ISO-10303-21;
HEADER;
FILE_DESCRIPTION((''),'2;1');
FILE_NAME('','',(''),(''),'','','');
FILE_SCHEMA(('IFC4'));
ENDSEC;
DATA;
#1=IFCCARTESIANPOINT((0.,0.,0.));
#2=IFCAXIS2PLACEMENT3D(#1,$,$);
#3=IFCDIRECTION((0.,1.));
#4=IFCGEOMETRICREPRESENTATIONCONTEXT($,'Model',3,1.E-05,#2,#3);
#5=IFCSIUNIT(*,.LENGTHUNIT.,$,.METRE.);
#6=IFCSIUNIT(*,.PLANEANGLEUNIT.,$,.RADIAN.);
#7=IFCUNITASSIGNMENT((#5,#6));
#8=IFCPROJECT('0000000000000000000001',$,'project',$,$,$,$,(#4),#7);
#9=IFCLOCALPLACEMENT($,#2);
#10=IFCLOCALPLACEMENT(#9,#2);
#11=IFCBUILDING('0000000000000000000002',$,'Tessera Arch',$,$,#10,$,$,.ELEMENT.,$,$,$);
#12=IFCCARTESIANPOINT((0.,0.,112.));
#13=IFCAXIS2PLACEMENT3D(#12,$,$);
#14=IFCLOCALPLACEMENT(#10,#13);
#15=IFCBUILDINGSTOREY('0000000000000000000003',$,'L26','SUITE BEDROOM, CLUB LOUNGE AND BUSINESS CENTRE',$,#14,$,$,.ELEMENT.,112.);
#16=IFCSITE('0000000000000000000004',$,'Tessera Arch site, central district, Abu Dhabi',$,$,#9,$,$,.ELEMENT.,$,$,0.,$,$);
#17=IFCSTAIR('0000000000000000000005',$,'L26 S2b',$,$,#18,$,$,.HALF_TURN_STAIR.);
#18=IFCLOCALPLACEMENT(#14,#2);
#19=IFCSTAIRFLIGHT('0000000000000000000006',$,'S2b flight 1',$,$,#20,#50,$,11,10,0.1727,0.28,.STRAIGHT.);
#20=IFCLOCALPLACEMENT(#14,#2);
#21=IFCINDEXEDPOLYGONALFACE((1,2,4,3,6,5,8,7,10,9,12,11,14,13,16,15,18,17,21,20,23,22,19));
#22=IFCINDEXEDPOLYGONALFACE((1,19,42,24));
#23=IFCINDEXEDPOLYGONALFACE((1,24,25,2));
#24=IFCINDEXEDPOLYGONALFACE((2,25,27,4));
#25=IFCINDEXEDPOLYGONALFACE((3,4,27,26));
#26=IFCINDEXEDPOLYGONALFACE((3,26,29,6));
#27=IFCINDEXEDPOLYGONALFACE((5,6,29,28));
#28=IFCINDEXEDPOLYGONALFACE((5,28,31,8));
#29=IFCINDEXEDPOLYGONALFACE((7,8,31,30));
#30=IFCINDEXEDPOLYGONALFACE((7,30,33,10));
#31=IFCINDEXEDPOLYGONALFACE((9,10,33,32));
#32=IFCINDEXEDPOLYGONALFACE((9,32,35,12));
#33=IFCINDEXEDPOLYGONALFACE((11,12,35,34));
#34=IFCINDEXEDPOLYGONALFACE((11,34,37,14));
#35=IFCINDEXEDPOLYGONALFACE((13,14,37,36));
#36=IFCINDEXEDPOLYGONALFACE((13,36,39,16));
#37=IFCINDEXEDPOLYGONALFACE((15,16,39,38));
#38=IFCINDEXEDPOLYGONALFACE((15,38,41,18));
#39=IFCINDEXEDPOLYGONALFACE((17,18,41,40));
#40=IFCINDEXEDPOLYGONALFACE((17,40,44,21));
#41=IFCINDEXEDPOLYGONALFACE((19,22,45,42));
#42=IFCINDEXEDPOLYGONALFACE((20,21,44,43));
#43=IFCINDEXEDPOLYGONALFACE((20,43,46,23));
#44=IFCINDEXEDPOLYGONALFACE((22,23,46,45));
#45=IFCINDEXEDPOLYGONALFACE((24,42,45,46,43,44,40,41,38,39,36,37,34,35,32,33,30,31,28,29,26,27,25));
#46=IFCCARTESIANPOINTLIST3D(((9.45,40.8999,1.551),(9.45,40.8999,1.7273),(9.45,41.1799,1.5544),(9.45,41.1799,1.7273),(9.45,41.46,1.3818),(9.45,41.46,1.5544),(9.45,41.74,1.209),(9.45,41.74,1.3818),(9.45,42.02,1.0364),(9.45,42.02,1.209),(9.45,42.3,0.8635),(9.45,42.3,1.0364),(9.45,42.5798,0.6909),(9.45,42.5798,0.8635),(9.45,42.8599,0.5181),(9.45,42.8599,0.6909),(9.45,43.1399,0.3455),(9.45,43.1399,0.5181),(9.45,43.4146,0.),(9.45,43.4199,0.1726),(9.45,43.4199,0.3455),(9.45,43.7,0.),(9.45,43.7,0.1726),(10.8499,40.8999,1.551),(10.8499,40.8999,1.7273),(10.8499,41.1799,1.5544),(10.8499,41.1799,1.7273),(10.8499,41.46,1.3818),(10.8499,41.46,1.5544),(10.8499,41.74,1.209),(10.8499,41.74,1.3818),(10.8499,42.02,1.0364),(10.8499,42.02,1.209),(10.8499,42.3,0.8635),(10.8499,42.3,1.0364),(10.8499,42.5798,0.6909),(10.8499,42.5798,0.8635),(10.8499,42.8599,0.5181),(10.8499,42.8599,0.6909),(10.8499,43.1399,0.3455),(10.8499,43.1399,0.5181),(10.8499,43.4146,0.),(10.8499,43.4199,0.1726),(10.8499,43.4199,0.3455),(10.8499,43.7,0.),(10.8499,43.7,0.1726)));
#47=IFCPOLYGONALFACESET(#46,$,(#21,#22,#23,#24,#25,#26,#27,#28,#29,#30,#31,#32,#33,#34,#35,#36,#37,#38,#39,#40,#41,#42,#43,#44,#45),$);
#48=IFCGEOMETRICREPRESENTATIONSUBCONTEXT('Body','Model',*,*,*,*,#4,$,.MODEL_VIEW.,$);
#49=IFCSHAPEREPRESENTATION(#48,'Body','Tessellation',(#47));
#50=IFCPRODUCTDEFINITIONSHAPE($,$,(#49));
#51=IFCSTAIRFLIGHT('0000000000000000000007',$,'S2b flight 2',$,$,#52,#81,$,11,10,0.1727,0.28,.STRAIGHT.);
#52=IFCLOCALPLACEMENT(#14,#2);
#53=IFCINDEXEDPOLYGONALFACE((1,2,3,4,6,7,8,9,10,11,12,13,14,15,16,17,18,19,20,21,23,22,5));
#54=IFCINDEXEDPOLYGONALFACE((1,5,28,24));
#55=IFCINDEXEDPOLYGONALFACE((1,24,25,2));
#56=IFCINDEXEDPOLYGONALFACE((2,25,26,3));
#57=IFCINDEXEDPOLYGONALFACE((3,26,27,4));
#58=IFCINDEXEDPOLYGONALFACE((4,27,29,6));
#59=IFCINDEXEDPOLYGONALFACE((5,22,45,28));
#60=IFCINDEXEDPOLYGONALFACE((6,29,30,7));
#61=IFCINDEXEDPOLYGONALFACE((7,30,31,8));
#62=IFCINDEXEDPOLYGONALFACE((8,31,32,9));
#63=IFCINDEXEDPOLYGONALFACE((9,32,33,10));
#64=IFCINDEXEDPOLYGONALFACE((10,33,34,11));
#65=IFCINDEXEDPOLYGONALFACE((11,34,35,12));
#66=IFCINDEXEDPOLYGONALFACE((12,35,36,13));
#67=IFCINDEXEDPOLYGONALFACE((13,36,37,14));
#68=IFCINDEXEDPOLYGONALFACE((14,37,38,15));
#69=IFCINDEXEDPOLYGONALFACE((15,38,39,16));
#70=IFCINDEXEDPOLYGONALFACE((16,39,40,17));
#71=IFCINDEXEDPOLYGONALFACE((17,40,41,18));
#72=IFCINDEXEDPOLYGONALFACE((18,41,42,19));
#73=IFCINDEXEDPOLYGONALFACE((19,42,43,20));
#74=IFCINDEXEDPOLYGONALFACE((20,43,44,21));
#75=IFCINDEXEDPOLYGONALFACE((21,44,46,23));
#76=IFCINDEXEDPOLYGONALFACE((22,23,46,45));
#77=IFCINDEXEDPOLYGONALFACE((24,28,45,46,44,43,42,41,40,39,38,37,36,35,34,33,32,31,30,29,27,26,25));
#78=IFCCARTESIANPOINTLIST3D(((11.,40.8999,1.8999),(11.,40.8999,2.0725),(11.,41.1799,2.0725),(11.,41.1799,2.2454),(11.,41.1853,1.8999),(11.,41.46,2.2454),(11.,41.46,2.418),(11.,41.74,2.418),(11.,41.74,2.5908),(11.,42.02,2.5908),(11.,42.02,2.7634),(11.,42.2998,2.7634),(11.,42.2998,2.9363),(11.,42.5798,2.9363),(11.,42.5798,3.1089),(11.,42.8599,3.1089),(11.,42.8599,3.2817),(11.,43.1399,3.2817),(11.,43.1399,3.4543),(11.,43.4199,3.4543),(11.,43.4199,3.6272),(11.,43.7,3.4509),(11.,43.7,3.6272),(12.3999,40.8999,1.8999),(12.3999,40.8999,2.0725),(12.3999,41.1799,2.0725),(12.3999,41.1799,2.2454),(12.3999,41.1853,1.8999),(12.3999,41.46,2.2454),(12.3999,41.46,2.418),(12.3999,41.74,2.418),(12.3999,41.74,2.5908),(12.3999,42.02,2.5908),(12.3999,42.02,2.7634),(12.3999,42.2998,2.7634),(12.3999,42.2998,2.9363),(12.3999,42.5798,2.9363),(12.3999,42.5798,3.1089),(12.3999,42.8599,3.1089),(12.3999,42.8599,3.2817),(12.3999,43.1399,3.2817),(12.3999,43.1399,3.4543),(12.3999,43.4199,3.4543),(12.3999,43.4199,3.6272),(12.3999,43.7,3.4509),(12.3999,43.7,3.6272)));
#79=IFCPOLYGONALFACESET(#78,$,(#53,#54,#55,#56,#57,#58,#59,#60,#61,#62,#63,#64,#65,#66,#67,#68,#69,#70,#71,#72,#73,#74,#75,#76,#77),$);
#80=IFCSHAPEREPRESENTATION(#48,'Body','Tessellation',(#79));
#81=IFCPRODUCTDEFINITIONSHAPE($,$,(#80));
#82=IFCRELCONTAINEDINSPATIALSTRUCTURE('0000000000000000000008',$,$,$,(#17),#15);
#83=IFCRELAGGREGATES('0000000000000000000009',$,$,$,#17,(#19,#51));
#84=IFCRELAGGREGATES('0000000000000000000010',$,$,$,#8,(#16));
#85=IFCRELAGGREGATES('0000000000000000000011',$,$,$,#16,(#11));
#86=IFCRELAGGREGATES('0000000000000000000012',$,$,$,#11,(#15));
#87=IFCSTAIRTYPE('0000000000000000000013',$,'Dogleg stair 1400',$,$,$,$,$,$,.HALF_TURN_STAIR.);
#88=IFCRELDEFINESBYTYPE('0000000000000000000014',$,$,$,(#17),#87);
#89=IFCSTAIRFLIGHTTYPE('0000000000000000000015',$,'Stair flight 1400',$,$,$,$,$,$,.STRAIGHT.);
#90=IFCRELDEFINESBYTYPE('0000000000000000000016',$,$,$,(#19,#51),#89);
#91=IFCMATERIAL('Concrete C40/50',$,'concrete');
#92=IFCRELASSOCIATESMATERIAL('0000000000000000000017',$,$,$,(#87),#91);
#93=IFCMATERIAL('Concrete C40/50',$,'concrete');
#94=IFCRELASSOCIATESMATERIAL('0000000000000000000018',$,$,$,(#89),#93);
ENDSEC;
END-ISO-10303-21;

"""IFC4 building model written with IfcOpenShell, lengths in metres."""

from ifc_helpers import new_model, si_unit, direction, frame, origin, place, context, subcontext, project, spatial, polyline, outline, extrude, material, type_object, element, aggregate, save


model = new_model("IFC4")

# Units and contexts
model_context = context("Model", 3, precision=1e-05, world=origin(), true_north=direction((0.0, 1.0)))
body_context = subcontext(model_context, "Body", "Model", "MODEL_VIEW")
ifc_project = project(units=[si_unit("LENGTHUNIT", "METRE"), si_unit("PLANEANGLEUNIT", "RADIAN")], contexts=[model_context])

# Site, building, storey
site_placement = place(None, origin())
site = spatial("IfcSite", under=ifc_project, at=site_placement, Name="Tessera Arch site, central district, Abu Dhabi", CompositionType="ELEMENT", RefElevation=0.0)
building_placement = place(site_placement, origin())
building = spatial("IfcBuilding", under=site, at=building_placement, Name="Tessera Arch", CompositionType="ELEMENT")
storey_placement = place(building_placement, frame((0.0, 0.0, 112.0)))
storey = spatial("IfcBuildingStorey", under=building, at=storey_placement, Name="L26", Description="SUITE BEDROOM, CLUB LOUNGE AND BUSINESS CENTRE", CompositionType="ELEMENT", Elevation=112.0)

# Stair, stair flights
ifc_material_1 = material(Name="Concrete C40/50", Category="concrete")
stair_type = type_object("IfcStairType", Name="Dogleg stair 1400", PredefinedType="HALF_TURN_STAIR", material=ifc_material_1)
stair_placement = place(storey_placement, origin())
stair = element("IfcStair", 1, at=stair_placement, inside=storey, type_object=stair_type, Name="L26 S2b", PredefinedType="HALF_TURN_STAIR")
ifc_material_2 = material(Name="Concrete C40/50", Category="concrete")
stair_flight_type = type_object("IfcStairFlightType", Name="Stair flight 1400", PredefinedType="STRAIGHT", material=ifc_material_2)
stair_flight_1_placement = place(storey_placement, frame((10.1499, 43.7, 0.0), z_axis=(0.0, 0.0, 1.0), x_axis=(0.0, -1.0, 0.0)))
stair_flight_1 = element("IfcStairFlight", 2, at=stair_flight_1_placement, type_object=stair_flight_type, Name="S2b flight 1", NumberOfRisers=11, NumberOfTreads=10, PredefinedType="STRAIGHT", RiserHeight=0.1727, TreadLength=0.28, context=body_context, shape_type="SweptSolid", body=[
    extrude(outline(polyline([(0.0, 0.0), (0.0, 0.1726), (0.28, 0.1726), (0.28, 0.3455), (0.5601, 0.3455), (0.5601, 0.5181), (0.8401, 0.5181), (0.8401, 0.6909), (1.1201, 0.6909), (1.1201, 0.8635), (1.3999, 0.8635), (1.3999, 1.0364), (1.6799, 1.0364), (1.6799, 1.209), (1.96, 1.209), (1.96, 1.3818), (2.24, 1.3818), (2.24, 1.5544), (2.52, 1.5544), (2.52, 1.7273), (2.8, 1.7273), (2.8, 1.8999), (2.8, 1.551), (0.2854, 0.0), (0.0, 0.0)])), frame((0.0, 0.7, 0.0), z_axis=(0.0, -1.0, 0.0), x_axis=(1.0, 0.0, 0.0)), (0.0, 0.0, 1.0), 1.3999),
])
stair_flight_2_placement = place(storey_placement, frame((11.7, 40.8999, 1.8999), z_axis=(0.0, 0.0, 1.0), x_axis=(0.0, 1.0, 0.0)))
stair_flight_2 = element("IfcStairFlight", 3, at=stair_flight_2_placement, type_object=stair_flight_type, Name="S2b flight 2", NumberOfRisers=11, NumberOfTreads=10, PredefinedType="STRAIGHT", RiserHeight=0.1727, TreadLength=0.28, context=body_context, shape_type="SweptSolid", body=[
    extrude(outline(polyline([(0.0, 0.0), (0.0, 0.1726), (0.28, 0.1726), (0.28, 0.3455), (0.5601, 0.3455), (0.5601, 0.5181), (0.8401, 0.5181), (0.8401, 0.6909), (1.1201, 0.6909), (1.1201, 0.8635), (1.3999, 0.8635), (1.3999, 1.0364), (1.6799, 1.0364), (1.6799, 1.209), (1.96, 1.209), (1.96, 1.3818), (2.24, 1.3818), (2.24, 1.5544), (2.52, 1.5544), (2.52, 1.7273), (2.8, 1.7273), (2.8, 1.8999), (2.8, 1.551), (0.2854, 0.0), (0.0, 0.0)])), frame((0.0, 0.7, 0.0), z_axis=(0.0, -1.0, 0.0), x_axis=(1.0, 0.0, 0.0)), (0.0, 0.0, 1.0), 1.3999),
])
aggregate(stair, [stair_flight_1, stair_flight_2])

save(model, "model.ifc")
